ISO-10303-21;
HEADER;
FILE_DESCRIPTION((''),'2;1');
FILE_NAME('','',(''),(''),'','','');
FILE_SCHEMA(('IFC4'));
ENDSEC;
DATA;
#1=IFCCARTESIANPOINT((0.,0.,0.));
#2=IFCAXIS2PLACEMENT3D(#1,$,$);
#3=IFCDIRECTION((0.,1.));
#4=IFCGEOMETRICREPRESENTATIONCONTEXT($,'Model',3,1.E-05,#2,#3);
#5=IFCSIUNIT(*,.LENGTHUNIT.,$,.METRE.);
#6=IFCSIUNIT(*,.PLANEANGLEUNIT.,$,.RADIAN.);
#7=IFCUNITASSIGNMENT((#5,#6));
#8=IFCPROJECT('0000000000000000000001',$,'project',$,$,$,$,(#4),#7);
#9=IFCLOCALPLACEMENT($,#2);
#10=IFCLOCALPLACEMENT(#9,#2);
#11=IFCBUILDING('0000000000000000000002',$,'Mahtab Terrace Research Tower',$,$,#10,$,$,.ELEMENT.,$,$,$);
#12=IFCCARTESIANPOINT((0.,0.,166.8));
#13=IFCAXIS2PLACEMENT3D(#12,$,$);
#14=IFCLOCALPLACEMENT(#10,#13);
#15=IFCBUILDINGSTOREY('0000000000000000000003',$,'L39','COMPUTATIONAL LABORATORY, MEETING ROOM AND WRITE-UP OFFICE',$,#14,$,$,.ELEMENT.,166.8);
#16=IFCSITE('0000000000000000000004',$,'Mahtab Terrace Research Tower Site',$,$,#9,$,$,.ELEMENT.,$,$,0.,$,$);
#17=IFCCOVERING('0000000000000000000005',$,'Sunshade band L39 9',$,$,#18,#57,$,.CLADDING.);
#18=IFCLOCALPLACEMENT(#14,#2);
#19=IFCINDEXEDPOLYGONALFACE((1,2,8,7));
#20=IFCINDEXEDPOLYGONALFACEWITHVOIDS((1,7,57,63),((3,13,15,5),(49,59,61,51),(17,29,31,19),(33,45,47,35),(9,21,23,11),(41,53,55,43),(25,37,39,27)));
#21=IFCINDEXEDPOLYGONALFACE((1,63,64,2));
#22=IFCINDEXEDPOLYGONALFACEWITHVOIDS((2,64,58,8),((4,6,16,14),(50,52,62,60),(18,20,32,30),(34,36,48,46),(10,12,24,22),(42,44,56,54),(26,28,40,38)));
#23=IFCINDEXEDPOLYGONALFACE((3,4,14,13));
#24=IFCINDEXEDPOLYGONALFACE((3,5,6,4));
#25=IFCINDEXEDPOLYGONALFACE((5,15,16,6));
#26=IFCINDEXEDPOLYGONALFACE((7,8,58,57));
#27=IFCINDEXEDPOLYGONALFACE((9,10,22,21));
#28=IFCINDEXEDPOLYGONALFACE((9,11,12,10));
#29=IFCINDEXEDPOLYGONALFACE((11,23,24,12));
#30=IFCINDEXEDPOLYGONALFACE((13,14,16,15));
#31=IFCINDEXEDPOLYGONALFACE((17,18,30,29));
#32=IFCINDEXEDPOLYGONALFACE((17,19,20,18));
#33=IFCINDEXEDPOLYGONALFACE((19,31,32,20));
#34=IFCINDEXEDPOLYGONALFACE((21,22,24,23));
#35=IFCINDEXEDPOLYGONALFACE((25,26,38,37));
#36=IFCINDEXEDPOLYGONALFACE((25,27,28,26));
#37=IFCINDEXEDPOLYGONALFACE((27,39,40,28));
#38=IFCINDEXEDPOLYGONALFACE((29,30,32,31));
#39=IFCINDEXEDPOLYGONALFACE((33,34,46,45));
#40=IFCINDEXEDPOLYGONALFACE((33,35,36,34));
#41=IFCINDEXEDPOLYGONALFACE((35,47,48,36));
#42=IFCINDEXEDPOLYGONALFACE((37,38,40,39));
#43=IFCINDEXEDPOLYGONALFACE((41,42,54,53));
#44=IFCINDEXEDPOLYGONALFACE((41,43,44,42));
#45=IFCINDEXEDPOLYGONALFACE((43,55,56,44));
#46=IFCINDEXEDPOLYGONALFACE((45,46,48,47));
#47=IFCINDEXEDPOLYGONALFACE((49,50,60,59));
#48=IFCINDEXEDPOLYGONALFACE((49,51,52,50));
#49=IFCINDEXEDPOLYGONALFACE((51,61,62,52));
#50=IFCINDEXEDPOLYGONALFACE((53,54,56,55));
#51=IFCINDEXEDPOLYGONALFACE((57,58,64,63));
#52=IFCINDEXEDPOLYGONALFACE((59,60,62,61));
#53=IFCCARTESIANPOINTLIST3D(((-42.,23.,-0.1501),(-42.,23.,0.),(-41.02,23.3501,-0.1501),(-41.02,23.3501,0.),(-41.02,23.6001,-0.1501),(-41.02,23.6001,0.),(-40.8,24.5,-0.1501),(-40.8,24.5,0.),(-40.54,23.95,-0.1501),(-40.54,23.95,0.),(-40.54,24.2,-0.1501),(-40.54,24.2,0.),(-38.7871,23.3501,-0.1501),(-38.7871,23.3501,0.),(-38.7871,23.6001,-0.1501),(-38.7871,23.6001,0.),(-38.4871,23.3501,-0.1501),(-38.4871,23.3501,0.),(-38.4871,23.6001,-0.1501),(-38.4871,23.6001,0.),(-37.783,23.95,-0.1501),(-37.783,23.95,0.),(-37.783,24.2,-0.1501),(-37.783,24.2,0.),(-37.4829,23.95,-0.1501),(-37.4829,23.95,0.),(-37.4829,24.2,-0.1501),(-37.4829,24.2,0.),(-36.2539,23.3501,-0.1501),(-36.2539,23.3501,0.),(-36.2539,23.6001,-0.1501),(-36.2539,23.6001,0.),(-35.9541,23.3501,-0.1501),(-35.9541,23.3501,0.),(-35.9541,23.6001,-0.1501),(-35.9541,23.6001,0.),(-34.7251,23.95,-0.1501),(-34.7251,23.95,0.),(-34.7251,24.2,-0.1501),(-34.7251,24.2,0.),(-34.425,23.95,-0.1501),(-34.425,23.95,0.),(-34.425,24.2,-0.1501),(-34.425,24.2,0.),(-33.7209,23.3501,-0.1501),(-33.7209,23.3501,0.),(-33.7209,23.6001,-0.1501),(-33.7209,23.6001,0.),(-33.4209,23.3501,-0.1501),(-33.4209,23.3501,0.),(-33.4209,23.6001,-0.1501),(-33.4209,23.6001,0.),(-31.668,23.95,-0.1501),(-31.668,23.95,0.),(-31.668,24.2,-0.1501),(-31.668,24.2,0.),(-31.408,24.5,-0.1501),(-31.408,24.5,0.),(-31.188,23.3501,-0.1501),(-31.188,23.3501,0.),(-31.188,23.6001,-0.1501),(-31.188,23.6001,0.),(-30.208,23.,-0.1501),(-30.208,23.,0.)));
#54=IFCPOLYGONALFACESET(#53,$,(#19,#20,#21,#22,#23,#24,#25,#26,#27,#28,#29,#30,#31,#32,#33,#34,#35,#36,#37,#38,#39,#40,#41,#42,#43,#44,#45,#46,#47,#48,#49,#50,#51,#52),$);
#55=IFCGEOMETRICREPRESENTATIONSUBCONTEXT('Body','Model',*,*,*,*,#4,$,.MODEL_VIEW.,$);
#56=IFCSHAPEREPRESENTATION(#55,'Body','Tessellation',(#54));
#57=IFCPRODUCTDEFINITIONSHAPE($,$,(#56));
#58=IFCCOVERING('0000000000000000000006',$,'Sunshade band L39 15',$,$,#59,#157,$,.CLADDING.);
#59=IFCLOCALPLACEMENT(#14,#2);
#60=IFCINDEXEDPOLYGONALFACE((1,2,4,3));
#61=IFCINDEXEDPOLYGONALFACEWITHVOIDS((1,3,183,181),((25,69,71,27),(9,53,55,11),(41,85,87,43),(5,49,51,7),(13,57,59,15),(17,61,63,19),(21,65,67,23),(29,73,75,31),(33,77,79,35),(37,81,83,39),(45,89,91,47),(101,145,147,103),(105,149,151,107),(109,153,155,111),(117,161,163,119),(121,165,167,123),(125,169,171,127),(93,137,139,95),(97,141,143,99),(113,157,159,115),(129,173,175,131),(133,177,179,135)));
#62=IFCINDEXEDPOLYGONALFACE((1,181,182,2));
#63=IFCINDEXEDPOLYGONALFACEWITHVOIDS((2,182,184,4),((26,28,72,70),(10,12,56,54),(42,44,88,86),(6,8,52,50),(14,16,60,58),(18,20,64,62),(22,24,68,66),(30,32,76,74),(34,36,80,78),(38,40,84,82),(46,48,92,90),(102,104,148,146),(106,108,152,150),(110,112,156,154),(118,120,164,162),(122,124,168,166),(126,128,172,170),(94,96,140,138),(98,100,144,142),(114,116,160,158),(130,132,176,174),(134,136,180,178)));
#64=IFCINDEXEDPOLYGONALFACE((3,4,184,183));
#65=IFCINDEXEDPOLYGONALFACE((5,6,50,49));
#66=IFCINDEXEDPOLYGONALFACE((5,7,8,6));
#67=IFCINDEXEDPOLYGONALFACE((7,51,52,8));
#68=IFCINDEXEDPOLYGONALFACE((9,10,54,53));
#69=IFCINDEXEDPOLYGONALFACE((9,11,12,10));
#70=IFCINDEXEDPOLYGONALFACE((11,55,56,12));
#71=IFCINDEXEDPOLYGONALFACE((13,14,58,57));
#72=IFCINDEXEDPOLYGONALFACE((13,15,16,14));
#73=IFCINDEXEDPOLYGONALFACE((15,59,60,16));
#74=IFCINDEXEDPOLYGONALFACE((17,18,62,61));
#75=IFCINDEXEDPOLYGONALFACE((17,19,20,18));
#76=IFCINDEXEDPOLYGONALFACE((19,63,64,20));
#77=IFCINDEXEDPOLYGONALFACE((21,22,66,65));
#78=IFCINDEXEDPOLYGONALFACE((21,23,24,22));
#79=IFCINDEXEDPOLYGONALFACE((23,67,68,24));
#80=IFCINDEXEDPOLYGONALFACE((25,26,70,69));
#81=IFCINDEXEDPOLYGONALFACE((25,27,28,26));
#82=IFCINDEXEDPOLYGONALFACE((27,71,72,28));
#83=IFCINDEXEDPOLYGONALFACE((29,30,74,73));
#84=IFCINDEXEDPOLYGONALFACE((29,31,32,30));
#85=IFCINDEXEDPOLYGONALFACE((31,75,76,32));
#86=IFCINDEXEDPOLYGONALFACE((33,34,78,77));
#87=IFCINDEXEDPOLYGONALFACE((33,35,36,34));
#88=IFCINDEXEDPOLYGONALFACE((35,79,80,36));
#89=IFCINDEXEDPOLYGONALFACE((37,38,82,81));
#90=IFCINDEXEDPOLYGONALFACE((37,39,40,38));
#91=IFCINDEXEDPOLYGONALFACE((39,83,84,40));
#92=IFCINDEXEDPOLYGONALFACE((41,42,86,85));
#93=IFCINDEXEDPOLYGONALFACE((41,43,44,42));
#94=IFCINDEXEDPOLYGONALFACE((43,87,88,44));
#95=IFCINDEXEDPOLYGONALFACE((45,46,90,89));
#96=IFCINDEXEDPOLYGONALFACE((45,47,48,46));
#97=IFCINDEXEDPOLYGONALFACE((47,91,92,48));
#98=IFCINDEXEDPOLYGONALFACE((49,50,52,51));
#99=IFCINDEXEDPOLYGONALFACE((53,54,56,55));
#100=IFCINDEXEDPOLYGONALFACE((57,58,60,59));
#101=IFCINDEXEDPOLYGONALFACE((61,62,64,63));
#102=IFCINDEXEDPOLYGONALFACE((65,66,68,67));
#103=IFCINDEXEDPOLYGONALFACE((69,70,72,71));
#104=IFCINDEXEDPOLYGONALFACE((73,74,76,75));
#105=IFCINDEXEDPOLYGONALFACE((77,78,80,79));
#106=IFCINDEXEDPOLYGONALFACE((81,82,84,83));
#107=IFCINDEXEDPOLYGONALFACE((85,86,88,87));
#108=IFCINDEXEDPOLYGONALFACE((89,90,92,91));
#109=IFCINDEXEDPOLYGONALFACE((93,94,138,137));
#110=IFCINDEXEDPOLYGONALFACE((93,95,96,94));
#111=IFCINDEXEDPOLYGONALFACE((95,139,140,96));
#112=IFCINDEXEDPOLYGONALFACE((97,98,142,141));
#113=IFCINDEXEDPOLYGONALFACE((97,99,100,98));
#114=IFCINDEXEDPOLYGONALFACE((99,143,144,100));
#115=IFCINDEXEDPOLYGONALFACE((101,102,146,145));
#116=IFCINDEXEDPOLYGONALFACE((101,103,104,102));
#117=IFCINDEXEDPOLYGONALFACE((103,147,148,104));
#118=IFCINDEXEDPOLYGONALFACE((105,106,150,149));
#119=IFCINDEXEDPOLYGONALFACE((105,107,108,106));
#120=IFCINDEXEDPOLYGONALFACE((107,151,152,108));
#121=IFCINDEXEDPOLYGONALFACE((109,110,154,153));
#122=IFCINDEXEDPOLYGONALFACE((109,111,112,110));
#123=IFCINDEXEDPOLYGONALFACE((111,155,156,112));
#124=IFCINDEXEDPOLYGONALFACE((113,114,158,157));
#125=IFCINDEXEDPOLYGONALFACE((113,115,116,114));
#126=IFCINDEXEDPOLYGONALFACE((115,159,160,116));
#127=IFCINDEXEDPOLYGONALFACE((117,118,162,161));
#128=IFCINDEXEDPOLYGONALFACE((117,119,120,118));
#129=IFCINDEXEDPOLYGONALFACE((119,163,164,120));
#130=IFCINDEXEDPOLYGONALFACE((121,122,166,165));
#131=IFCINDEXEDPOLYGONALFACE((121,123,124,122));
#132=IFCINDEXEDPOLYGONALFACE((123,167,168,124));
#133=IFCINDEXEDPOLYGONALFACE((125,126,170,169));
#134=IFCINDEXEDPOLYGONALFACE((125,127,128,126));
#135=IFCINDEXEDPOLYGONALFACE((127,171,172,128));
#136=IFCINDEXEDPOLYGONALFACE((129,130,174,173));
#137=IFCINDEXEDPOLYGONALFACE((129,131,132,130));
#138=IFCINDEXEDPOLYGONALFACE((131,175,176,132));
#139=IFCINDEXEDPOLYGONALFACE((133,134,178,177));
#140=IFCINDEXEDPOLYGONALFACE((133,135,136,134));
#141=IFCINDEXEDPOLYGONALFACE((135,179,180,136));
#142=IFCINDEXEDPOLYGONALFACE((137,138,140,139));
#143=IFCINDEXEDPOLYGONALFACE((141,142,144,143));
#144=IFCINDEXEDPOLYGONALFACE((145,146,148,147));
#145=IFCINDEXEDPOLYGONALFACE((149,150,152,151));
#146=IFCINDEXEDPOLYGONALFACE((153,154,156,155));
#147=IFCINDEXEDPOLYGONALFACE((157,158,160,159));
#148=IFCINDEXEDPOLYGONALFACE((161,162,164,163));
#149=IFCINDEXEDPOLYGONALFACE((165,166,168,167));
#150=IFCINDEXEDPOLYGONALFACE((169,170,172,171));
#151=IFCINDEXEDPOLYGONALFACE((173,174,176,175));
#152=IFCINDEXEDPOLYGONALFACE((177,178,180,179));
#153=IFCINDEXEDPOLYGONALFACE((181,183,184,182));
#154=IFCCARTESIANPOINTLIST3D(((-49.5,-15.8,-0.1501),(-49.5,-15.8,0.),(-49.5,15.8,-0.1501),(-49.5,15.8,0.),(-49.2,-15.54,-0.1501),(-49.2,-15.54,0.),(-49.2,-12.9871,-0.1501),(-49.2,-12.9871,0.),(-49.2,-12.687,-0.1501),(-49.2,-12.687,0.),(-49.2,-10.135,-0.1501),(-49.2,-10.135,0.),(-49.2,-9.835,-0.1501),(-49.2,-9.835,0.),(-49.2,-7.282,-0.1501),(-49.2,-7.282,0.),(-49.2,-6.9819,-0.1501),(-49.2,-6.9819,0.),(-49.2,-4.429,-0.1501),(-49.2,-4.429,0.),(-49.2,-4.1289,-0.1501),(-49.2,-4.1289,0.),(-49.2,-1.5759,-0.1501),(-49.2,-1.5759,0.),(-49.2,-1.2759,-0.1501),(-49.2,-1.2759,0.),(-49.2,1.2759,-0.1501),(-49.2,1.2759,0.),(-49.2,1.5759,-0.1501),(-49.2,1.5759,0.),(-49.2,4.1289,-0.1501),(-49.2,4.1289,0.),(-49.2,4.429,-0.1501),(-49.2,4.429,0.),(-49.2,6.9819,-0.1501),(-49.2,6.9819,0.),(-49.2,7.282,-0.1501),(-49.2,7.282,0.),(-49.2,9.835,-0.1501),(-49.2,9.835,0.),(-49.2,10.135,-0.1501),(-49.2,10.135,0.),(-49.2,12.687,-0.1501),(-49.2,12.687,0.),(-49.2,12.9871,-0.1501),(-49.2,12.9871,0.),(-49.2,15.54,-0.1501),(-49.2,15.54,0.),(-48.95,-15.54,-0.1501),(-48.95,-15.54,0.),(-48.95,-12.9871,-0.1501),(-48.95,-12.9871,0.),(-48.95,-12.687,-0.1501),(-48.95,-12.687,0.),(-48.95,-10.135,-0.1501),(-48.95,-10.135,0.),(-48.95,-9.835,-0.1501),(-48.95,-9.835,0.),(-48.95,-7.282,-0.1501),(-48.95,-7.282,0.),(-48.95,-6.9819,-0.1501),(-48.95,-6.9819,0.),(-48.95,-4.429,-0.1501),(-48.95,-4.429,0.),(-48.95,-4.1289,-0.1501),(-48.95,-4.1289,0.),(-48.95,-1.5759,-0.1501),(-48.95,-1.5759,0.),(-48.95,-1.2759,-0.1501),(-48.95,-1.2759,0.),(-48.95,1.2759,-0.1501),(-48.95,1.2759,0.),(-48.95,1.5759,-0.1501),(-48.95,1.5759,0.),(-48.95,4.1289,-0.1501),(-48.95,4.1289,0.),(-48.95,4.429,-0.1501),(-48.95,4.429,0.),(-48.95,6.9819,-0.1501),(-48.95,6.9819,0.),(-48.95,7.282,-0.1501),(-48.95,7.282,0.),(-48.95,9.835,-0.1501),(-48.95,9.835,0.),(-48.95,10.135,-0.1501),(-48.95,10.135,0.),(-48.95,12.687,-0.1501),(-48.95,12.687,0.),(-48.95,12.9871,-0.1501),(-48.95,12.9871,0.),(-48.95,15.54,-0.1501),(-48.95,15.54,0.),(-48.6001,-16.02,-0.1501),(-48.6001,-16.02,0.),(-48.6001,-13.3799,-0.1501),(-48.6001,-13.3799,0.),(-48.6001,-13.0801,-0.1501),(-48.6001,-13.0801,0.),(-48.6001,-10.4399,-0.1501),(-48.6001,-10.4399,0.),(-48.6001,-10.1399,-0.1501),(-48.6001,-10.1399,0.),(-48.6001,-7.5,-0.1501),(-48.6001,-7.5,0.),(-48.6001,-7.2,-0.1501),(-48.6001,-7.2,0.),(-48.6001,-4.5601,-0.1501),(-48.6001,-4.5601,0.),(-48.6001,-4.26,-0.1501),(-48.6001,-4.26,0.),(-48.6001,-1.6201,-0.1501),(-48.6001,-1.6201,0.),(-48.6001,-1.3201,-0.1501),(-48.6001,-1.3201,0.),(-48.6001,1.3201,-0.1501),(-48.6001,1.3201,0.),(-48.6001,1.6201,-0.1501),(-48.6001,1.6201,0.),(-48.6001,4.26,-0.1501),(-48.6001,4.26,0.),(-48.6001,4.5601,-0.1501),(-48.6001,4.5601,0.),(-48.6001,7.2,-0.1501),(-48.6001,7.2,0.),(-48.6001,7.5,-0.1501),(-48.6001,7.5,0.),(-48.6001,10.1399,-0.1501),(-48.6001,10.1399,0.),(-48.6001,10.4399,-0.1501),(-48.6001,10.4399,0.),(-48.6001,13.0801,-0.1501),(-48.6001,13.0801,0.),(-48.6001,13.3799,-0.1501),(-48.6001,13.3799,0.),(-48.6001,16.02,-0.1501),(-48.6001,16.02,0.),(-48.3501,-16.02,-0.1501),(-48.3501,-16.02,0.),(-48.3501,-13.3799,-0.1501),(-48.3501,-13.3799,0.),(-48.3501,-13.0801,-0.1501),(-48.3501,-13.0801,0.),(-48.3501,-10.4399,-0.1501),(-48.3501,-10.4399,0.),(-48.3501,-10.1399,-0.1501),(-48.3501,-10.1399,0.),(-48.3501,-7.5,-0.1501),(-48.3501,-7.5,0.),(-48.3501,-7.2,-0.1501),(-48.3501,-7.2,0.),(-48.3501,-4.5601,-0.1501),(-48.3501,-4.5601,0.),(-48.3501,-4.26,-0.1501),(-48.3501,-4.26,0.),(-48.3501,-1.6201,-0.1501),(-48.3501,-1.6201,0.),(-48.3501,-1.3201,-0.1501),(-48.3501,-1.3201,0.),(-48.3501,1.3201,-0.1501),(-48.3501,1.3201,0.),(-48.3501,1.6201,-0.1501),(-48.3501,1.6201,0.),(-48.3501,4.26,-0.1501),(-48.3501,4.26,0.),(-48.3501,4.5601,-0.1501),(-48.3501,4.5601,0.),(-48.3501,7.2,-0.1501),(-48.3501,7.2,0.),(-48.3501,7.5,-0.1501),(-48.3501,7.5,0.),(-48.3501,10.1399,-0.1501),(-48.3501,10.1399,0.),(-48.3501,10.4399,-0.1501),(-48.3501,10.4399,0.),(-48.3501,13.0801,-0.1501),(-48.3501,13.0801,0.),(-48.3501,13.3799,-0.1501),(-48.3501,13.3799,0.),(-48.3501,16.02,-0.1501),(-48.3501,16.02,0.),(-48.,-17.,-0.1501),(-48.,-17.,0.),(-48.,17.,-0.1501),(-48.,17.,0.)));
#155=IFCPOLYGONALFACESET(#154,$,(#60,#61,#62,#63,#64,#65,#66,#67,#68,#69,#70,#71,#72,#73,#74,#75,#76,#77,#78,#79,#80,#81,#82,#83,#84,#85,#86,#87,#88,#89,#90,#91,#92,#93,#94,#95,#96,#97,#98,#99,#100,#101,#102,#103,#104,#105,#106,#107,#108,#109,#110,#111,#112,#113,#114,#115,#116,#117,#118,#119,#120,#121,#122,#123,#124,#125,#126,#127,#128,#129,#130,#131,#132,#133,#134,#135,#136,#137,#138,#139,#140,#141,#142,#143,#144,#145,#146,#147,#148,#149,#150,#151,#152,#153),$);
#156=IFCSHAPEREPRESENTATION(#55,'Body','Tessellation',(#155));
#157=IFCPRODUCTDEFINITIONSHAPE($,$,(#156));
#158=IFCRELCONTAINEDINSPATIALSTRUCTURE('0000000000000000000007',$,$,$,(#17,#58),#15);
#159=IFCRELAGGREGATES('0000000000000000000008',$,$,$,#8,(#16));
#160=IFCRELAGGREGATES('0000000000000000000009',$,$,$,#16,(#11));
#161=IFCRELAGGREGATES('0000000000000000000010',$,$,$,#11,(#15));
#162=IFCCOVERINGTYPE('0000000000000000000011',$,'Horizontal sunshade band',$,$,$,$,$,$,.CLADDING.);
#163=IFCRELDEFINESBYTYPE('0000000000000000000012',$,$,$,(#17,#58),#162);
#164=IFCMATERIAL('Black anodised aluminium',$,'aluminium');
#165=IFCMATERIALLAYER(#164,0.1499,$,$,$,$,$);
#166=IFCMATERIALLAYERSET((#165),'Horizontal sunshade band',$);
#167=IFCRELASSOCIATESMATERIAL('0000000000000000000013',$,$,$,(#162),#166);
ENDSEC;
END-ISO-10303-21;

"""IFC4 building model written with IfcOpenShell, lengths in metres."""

from ifc_helpers import new_model, si_unit, direction, frame, origin, place, context, subcontext, project, spatial, polyline, outline, extrude, material, layer, layer_set, type_object, element, save


model = new_model("IFC4")

# Units and contexts
model_context = context("Model", 3, precision=1e-05, world=origin(), true_north=direction((0.0, 1.0)))
body_context = subcontext(model_context, "Body", "Model", "MODEL_VIEW")
ifc_project = project(units=[si_unit("LENGTHUNIT", "METRE"), si_unit("PLANEANGLEUNIT", "RADIAN")], contexts=[model_context])

# Site, building, storey
site_placement = place(None, origin())
site = spatial("IfcSite", under=ifc_project, at=site_placement, Name="Mahtab Terrace Research Tower Site", CompositionType="ELEMENT", RefElevation=0.0)
building_placement = place(site_placement, origin())
building = spatial("IfcBuilding", under=site, at=building_placement, Name="Mahtab Terrace Research Tower", CompositionType="ELEMENT")
storey_placement = place(building_placement, frame((0.0, 0.0, 166.8)))
storey = spatial("IfcBuildingStorey", under=building, at=storey_placement, Name="L39", Description="COMPUTATIONAL LABORATORY, MEETING ROOM AND WRITE-UP OFFICE", CompositionType="ELEMENT", Elevation=166.8)

# Coverings
ifc_material_1 = material(Name="Black anodised aluminium", Category="aluminium")
ifc_layer_1 = layer(ifc_material_1, 0.1499)
ifc_layer_set_1 = layer_set([ifc_layer_1], Name="Horizontal sunshade band")
covering_type = type_object("IfcCoveringType", Name="Horizontal sunshade band", PredefinedType="CLADDING", material=ifc_layer_set_1)
covering_1_placement = place(storey_placement, frame((0.0, 0.0, -0.1501)))
element("IfcCovering", 1, at=covering_1_placement, inside=storey, type_object=covering_type, Name="Sunshade band L39 9", PredefinedType="CLADDING", context=body_context, shape_type="SweptSolid", body=[
    extrude(outline(polyline([(-30.208, 23.0), (-42.0, 23.0), (-40.8, 24.5), (-31.408, 24.5), (-30.208, 23.0)]), holes=[polyline([(-31.188, 23.3501), (-33.4209, 23.3501), (-33.4209, 23.6001), (-31.188, 23.6001), (-31.188, 23.3501)]), polyline([(-33.7209, 23.3501), (-35.9541, 23.3501), (-35.9541, 23.6001), (-33.7209, 23.6001), (-33.7209, 23.3501)]), polyline([(-36.2539, 23.3501), (-38.4871, 23.3501), (-38.4871, 23.6001), (-36.2539, 23.6001), (-36.2539, 23.3501)]), polyline([(-38.7871, 23.3501), (-41.02, 23.3501), (-41.02, 23.6001), (-38.7871, 23.6001), (-38.7871, 23.3501)]), polyline([(-31.668, 23.95), (-34.425, 23.95), (-34.425, 24.2), (-31.668, 24.2), (-31.668, 23.95)]), polyline([(-34.7251, 23.95), (-37.4829, 23.95), (-37.4829, 24.2), (-34.7251, 24.2), (-34.7251, 23.95)]), polyline([(-37.783, 23.95), (-40.54, 23.95), (-40.54, 24.2), (-37.783, 24.2), (-37.783, 23.95)])]), origin(), (0.0, 0.0, 1.0), 0.1501),
])
covering_2_placement = place(storey_placement, frame((0.0, 0.0, -0.1501)))
element("IfcCovering", 2, at=covering_2_placement, inside=storey, type_object=covering_type, Name="Sunshade band L39 15", PredefinedType="CLADDING", context=body_context, shape_type="SweptSolid", body=[
    extrude(outline(polyline([(-48.0, 17.0), (-48.0, -17.0), (-49.5, -15.8), (-49.5, 15.8), (-48.0, 17.0)]), holes=[polyline([(-48.3501, 16.02), (-48.3501, 13.3799), (-48.6001, 13.3799), (-48.6001, 16.02), (-48.3501, 16.02)]), polyline([(-48.3501, 13.0801), (-48.3501, 10.4399), (-48.6001, 10.4399), (-48.6001, 13.0801), (-48.3501, 13.0801)]), polyline([(-48.3501, 10.1399), (-48.3501, 7.5), (-48.6001, 7.5), (-48.6001, 10.1399), (-48.3501, 10.1399)]), polyline([(-48.3501, 7.2), (-48.3501, 4.5601), (-48.6001, 4.5601), (-48.6001, 7.2), (-48.3501, 7.2)]), polyline([(-48.3501, 4.26), (-48.3501, 1.6201), (-48.6001, 1.6201), (-48.6001, 4.26), (-48.3501, 4.26)]), polyline([(-48.3501, 1.3201), (-48.3501, -1.3201), (-48.6001, -1.3201), (-48.6001, 1.3201), (-48.3501, 1.3201)]), polyline([(-48.3501, -1.6201), (-48.3501, -4.26), (-48.6001, -4.26), (-48.6001, -1.6201), (-48.3501, -1.6201)]), polyline([(-48.3501, -4.5601), (-48.3501, -7.2), (-48.6001, -7.2), (-48.6001, -4.5601), (-48.3501, -4.5601)]), polyline([(-48.3501, -7.5), (-48.3501, -10.1399), (-48.6001, -10.1399), (-48.6001, -7.5), (-48.3501, -7.5)]), polyline([(-48.3501, -10.4399), (-48.3501, -13.0801), (-48.6001, -13.0801), (-48.6001, -10.4399), (-48.3501, -10.4399)]), polyline([(-48.3501, -13.3799), (-48.3501, -16.02), (-48.6001, -16.02), (-48.6001, -13.3799), (-48.3501, -13.3799)]), polyline([(-48.95, 15.54), (-48.95, 12.9871), (-49.2, 12.9871), (-49.2, 15.54), (-48.95, 15.54)]), polyline([(-48.95, 12.687), (-48.95, 10.135), (-49.2, 10.135), (-49.2, 12.687), (-48.95, 12.687)]), polyline([(-48.95, 9.835), (-48.95, 7.282), (-49.2, 7.282), (-49.2, 9.835), (-48.95, 9.835)]), polyline([(-48.95, 6.9819), (-48.95, 4.429), (-49.2, 4.429), (-49.2, 6.9819), (-48.95, 6.9819)]), polyline([(-48.95, 4.1289), (-48.95, 1.5759), (-49.2, 1.5759), (-49.2, 4.1289), (-48.95, 4.1289)]), polyline([(-48.95, 1.2759), (-48.95, -1.2759), (-49.2, -1.2759), (-49.2, 1.2759), (-48.95, 1.2759)]), polyline([(-48.95, -1.5759), (-48.95, -4.1289), (-49.2, -4.1289), (-49.2, -1.5759), (-48.95, -1.5759)]), polyline([(-48.95, -4.429), (-48.95, -6.9819), (-49.2, -6.9819), (-49.2, -4.429), (-48.95, -4.429)]), polyline([(-48.95, -7.282), (-48.95, -9.835), (-49.2, -9.835), (-49.2, -7.282), (-48.95, -7.282)]), polyline([(-48.95, -10.135), (-48.95, -12.687), (-49.2, -12.687), (-49.2, -10.135), (-48.95, -10.135)]), polyline([(-48.95, -12.9871), (-48.95, -15.54), (-49.2, -15.54), (-49.2, -12.9871), (-48.95, -12.9871)])]), origin(), (0.0, 0.0, 1.0), 0.1501),
])

save(model, "model.ifc")
